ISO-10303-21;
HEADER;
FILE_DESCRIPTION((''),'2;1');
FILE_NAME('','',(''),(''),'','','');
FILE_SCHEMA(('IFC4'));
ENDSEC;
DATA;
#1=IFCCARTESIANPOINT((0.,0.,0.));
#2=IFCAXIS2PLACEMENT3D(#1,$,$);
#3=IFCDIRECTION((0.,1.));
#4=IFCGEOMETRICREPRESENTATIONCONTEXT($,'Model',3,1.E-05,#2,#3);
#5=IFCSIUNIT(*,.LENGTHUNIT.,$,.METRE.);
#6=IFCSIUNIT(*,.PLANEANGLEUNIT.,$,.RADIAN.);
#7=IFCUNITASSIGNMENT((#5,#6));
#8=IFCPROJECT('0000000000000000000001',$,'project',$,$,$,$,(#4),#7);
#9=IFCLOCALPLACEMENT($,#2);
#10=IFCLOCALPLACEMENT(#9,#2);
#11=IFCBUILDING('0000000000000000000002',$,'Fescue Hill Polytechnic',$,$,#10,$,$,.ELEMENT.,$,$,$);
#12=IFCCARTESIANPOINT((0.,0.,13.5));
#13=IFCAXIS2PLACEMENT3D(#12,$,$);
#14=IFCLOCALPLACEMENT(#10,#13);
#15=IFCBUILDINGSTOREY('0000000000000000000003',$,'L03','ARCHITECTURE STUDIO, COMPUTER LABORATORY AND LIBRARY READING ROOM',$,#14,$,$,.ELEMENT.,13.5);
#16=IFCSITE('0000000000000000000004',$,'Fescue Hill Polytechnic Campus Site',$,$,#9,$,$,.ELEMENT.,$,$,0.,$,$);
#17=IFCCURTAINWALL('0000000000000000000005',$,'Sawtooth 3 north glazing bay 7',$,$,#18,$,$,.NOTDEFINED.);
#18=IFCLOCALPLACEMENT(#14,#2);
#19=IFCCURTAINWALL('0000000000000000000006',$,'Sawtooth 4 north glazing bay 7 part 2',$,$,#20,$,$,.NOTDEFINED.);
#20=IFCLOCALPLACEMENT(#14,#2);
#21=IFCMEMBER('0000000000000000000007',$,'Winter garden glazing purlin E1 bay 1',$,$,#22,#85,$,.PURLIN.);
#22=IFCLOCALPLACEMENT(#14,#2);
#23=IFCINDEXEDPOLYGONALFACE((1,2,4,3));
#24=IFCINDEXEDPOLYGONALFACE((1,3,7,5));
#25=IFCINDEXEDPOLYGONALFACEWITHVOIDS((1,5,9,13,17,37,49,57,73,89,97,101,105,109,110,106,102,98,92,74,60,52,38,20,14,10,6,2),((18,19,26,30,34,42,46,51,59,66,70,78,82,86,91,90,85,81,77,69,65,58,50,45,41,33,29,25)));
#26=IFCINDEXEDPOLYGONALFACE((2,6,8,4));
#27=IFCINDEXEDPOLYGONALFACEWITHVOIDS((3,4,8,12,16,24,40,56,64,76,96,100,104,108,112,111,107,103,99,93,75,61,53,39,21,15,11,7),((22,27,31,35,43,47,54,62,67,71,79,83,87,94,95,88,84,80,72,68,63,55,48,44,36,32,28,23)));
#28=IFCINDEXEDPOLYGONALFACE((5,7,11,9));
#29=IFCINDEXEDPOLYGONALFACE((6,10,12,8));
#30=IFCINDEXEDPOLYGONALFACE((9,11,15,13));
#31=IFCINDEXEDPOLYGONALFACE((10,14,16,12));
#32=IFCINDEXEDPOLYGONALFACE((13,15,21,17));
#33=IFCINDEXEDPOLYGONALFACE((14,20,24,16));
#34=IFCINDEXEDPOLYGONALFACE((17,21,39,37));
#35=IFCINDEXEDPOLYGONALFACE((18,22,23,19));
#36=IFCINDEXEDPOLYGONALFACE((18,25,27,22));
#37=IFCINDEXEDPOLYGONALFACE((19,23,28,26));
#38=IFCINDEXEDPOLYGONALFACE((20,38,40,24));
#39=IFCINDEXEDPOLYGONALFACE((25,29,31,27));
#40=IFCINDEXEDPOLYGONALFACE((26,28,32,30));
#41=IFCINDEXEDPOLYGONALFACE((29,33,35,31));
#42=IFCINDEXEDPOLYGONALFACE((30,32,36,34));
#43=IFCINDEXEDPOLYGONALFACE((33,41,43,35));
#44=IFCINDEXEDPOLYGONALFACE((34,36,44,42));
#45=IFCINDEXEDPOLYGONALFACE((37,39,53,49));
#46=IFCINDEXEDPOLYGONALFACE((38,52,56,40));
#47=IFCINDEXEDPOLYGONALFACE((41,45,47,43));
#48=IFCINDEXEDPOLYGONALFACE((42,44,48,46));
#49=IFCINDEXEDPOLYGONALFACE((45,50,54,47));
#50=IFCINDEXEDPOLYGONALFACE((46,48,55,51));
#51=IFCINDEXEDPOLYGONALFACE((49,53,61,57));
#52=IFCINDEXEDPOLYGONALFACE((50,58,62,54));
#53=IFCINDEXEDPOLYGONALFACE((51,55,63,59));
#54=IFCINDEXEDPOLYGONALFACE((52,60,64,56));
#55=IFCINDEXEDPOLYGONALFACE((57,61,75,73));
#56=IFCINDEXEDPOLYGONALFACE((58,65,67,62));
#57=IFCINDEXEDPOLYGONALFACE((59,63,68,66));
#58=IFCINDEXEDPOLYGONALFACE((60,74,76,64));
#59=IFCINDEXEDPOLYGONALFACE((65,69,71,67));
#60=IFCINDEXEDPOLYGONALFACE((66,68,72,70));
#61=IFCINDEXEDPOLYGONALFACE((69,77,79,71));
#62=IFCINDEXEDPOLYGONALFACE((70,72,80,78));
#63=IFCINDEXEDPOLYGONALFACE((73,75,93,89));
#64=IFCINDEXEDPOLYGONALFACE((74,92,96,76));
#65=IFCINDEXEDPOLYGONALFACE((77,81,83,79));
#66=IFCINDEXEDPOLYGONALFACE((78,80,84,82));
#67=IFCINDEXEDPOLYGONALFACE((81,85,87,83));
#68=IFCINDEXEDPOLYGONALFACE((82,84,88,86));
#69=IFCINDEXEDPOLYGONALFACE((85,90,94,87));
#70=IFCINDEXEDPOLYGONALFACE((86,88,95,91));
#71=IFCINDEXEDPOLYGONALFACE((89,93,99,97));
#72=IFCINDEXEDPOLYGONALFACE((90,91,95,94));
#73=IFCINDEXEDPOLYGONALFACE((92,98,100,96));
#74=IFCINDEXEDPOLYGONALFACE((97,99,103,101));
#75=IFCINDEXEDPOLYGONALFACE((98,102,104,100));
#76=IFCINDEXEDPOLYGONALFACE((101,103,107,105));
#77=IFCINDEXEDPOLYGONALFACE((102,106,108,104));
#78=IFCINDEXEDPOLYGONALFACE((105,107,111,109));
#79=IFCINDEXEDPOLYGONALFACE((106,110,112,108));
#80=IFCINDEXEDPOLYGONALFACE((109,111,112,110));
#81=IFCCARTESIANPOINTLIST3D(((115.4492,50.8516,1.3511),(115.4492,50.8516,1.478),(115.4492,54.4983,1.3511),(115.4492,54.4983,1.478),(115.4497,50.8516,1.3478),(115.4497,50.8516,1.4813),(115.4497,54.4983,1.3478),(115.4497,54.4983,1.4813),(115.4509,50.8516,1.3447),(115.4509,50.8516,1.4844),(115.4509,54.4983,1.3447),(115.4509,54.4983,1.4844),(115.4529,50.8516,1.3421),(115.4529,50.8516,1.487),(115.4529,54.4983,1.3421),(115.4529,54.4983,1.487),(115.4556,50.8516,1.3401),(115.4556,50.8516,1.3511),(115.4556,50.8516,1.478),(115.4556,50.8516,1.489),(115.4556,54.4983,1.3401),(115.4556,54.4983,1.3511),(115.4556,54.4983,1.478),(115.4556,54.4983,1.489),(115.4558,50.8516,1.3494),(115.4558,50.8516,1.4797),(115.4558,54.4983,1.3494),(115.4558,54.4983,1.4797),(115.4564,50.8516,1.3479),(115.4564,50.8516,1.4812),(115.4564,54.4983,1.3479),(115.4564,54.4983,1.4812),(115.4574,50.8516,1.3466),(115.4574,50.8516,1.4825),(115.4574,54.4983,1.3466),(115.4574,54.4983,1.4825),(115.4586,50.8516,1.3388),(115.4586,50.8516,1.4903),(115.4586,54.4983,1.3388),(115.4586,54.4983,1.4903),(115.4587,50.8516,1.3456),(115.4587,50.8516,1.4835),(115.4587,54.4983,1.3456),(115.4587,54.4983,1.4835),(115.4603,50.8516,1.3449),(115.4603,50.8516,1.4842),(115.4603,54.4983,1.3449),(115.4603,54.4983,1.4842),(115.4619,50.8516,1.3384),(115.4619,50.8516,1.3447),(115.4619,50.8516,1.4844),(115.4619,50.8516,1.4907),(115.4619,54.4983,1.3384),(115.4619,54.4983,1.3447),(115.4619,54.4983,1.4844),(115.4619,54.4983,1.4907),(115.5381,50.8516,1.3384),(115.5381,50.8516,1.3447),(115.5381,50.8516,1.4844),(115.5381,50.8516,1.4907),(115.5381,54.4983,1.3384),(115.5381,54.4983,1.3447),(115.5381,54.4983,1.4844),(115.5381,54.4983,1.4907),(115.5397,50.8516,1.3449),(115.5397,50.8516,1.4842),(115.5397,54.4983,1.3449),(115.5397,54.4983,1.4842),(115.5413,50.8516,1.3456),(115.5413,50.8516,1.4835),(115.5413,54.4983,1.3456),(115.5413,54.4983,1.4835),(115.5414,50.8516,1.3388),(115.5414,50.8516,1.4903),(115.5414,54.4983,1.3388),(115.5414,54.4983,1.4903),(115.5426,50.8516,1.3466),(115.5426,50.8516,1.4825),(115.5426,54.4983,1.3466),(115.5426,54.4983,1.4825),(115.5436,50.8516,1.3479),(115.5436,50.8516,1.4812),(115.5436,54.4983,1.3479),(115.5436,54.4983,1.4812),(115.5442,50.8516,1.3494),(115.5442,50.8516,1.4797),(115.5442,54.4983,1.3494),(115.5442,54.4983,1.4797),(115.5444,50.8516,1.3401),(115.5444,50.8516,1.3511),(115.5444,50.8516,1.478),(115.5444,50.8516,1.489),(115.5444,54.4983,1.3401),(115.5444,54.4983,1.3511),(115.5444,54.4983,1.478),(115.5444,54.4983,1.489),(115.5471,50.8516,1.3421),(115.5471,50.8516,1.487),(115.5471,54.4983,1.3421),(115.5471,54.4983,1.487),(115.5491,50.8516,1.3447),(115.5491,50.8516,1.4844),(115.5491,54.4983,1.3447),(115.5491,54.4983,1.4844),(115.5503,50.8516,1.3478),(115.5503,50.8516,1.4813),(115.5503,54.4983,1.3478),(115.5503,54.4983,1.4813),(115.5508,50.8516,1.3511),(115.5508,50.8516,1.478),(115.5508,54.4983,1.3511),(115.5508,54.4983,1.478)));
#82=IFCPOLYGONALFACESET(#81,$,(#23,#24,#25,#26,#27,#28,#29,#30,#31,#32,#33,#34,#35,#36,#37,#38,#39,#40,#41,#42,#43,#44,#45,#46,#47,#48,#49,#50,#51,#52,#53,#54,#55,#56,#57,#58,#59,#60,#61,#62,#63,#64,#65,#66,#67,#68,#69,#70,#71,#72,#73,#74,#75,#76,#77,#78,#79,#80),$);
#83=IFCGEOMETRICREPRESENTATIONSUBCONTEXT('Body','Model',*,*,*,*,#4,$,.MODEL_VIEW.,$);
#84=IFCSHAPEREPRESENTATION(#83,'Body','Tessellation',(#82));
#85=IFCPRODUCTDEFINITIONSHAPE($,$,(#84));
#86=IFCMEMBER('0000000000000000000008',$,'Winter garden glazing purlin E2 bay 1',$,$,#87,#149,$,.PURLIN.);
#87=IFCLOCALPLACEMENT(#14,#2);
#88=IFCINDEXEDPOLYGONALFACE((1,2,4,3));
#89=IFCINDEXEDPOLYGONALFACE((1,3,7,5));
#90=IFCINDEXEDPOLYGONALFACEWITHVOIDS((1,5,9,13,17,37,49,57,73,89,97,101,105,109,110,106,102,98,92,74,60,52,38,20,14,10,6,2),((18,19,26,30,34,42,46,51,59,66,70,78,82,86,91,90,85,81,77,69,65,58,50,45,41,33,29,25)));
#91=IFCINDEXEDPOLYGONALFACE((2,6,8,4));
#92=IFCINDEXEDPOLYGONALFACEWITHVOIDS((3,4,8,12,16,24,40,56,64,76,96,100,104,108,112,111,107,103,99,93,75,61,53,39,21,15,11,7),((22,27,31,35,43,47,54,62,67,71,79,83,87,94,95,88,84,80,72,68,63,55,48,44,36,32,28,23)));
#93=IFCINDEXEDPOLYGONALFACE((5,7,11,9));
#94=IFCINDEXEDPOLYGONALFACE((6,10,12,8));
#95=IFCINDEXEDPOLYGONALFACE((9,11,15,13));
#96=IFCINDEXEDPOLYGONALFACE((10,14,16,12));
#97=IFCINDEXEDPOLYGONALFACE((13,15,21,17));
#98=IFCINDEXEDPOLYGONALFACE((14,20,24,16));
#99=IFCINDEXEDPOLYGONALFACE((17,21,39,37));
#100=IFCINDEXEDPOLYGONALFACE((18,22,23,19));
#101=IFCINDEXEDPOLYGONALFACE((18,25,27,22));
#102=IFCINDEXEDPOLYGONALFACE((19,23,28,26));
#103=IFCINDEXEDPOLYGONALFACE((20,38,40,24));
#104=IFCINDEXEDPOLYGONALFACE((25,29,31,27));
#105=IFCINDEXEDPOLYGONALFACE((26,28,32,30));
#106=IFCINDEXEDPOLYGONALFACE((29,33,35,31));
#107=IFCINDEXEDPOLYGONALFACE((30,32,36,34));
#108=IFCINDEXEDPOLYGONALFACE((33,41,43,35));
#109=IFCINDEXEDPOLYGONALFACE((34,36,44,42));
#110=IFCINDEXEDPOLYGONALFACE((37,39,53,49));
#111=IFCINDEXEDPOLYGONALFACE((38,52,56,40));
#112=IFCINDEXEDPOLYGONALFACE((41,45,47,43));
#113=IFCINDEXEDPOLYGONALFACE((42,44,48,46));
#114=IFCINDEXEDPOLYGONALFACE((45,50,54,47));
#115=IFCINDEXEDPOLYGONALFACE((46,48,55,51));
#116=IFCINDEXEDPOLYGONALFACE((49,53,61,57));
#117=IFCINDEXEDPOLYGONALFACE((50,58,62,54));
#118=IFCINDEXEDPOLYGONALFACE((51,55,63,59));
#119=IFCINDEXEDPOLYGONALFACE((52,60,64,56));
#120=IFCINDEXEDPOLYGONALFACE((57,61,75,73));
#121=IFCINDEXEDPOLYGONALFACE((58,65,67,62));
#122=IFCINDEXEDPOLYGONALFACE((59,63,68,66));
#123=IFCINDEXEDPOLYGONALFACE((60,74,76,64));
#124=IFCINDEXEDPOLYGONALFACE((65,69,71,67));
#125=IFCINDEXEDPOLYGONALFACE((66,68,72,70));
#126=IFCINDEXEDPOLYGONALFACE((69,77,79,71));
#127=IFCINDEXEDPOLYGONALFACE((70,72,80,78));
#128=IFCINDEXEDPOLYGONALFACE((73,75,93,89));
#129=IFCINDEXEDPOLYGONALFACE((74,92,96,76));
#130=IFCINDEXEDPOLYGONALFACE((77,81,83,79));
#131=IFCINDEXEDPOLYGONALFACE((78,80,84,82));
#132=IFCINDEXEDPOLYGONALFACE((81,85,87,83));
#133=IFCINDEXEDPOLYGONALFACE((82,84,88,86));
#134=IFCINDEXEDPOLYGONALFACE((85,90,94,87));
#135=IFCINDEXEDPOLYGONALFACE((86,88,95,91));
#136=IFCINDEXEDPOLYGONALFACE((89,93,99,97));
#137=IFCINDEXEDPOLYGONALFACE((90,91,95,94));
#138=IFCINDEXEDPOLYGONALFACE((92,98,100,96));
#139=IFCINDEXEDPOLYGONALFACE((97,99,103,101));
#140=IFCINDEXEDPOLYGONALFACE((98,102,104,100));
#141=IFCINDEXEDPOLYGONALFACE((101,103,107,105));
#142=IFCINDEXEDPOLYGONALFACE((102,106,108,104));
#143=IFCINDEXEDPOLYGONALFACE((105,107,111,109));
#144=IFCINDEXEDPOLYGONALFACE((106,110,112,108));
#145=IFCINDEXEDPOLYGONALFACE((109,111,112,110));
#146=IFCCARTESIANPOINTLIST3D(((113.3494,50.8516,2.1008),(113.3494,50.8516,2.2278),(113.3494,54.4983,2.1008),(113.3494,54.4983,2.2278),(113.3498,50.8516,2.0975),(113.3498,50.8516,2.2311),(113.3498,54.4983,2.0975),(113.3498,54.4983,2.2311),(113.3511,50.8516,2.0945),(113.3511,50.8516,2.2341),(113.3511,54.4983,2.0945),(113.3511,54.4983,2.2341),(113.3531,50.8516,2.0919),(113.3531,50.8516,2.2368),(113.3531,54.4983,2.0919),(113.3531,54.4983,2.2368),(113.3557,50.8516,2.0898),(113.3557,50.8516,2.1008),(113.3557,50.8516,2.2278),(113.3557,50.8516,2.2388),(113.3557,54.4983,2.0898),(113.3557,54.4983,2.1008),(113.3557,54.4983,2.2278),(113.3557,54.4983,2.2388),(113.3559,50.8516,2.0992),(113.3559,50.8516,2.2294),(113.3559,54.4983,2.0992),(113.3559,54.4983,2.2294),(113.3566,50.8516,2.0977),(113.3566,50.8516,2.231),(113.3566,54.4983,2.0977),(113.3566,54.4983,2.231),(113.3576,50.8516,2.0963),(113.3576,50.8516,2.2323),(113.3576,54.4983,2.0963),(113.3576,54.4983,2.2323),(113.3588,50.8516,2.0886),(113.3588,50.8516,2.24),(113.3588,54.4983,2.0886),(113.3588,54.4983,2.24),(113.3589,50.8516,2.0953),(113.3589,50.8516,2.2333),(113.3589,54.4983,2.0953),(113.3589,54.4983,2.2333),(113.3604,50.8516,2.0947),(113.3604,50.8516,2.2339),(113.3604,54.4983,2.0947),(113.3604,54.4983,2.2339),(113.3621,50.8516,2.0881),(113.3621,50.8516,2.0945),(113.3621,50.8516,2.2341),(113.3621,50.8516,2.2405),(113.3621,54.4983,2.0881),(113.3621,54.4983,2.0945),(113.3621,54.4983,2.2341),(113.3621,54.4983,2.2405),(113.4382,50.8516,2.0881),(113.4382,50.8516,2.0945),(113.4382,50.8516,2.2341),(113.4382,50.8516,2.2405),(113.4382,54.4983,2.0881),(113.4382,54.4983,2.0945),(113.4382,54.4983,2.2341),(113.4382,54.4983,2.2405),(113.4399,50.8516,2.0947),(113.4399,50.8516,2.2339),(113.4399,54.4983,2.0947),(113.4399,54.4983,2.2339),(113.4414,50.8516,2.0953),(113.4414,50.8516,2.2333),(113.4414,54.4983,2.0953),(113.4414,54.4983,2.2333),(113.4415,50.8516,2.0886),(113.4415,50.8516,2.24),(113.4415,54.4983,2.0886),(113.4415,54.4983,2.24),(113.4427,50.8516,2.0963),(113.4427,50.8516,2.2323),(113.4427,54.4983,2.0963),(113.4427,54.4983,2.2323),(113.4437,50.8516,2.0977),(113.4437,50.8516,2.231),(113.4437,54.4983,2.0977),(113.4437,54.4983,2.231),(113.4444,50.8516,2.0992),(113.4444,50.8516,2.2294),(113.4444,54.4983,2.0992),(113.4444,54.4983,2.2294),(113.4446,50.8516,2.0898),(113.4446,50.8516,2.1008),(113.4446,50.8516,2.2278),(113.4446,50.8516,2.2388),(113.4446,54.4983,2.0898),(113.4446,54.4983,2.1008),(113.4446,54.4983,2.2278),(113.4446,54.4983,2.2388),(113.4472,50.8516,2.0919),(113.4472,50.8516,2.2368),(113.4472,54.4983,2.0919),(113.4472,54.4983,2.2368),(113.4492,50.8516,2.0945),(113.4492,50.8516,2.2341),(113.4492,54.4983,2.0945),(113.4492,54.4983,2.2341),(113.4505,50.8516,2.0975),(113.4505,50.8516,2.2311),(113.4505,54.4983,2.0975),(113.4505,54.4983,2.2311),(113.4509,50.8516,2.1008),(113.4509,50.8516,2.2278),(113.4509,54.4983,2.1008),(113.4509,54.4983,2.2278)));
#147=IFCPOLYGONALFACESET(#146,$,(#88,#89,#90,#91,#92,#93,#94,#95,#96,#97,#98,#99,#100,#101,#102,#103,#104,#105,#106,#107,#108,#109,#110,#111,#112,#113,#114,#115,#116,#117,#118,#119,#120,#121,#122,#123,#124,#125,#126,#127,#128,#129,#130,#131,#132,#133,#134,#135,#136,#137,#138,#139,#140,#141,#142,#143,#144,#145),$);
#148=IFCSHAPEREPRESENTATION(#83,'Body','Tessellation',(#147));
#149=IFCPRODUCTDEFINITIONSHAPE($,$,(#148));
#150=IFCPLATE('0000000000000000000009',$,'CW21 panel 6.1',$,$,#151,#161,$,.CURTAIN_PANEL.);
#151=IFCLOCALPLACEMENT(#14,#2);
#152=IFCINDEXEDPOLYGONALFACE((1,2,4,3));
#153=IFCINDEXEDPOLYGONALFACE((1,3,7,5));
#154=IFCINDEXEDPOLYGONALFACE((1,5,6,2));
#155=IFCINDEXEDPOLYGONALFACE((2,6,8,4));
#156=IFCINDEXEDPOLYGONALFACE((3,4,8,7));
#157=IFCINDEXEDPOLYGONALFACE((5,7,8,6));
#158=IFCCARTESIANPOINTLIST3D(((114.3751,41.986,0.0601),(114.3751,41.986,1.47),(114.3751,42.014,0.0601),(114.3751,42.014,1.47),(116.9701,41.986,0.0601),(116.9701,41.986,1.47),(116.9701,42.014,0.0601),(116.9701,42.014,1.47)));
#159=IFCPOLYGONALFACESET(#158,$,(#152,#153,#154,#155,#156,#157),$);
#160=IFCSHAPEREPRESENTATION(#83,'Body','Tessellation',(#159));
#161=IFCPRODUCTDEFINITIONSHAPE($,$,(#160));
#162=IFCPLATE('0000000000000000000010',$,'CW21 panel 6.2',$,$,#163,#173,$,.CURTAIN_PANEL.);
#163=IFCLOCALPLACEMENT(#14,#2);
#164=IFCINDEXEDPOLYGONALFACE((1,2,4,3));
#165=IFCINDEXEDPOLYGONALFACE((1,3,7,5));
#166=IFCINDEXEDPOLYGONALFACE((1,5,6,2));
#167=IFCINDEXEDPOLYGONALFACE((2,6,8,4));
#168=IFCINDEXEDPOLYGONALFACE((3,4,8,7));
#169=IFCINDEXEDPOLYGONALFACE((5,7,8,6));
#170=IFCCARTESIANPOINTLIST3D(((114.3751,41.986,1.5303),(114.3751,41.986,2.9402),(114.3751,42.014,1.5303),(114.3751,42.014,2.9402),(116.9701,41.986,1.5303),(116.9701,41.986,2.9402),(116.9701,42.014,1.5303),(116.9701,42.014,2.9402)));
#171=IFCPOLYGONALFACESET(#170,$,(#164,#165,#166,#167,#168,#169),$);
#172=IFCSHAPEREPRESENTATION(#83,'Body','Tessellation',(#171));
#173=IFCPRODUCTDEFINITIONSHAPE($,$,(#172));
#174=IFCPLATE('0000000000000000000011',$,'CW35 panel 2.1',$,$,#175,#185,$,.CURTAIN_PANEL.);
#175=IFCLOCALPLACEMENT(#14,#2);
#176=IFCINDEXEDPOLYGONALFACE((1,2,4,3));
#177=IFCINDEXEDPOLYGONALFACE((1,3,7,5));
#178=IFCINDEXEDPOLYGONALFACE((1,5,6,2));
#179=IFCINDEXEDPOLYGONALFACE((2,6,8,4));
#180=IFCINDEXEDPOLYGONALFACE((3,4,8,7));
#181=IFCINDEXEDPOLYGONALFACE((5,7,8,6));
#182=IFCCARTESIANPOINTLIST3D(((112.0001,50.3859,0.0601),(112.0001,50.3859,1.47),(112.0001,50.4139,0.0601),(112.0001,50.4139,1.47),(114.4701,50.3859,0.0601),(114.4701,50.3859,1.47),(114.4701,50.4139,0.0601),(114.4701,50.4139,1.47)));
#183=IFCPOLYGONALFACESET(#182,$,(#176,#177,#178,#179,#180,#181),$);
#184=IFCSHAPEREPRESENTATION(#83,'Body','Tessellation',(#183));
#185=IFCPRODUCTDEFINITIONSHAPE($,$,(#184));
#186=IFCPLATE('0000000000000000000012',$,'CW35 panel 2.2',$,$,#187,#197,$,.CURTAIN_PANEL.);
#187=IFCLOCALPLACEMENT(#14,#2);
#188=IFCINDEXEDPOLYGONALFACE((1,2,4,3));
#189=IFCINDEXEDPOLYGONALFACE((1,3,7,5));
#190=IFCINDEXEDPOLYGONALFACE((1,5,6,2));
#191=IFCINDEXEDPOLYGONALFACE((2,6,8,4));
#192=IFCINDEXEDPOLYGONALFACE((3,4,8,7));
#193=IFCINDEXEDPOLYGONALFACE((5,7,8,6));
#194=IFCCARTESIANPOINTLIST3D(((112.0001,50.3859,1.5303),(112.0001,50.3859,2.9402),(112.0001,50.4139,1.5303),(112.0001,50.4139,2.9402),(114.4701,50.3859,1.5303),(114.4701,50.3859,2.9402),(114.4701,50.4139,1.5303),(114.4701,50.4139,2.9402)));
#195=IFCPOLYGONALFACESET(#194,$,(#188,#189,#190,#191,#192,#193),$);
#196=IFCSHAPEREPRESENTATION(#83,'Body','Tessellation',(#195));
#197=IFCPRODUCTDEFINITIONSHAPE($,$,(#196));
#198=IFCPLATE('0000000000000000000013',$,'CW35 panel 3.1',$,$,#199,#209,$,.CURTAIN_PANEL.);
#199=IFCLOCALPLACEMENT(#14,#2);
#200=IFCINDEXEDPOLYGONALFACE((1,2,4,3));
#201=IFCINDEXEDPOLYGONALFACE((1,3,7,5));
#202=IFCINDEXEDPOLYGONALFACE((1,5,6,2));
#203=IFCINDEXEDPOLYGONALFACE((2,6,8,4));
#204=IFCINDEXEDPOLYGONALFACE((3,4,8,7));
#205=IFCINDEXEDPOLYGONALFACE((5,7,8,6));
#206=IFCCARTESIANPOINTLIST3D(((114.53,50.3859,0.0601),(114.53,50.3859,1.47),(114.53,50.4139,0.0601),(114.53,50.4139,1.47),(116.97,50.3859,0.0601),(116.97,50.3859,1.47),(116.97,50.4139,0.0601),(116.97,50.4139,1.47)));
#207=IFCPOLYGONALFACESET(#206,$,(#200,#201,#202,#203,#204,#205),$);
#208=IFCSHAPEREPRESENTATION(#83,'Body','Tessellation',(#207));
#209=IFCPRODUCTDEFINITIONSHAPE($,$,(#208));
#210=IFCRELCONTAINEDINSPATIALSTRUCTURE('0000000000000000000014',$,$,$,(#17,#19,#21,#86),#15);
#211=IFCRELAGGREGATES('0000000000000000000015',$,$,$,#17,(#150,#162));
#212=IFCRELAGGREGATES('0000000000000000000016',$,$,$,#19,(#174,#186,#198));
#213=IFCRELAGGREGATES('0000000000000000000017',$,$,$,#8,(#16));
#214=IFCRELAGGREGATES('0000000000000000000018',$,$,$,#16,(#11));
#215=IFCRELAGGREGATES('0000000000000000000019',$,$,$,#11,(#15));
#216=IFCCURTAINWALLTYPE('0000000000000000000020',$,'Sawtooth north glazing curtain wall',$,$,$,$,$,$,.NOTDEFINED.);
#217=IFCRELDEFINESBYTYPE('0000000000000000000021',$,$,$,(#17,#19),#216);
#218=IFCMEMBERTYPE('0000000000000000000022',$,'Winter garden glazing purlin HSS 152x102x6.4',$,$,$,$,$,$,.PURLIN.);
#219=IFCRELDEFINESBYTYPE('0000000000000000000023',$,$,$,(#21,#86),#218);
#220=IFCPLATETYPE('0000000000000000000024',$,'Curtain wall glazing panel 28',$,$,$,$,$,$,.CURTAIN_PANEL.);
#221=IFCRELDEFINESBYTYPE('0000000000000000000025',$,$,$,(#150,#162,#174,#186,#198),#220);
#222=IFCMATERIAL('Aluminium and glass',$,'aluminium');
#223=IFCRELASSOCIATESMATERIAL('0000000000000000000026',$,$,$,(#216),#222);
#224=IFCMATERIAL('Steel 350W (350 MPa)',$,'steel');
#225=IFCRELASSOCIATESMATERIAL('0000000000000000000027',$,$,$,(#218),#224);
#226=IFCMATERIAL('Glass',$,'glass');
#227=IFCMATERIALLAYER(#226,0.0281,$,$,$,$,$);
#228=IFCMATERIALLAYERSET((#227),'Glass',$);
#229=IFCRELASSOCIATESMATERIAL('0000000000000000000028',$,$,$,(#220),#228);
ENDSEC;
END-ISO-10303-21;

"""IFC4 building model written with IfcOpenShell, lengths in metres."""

from ifc_helpers import new_model, si_unit, direction, frame, origin, origin_2d, place, context, subcontext, project, spatial, rectangle, hollow_rectangle, extrude, material, layer, layer_set, material_profile, profile_set, type_object, element, aggregate, save


model = new_model("IFC4")

# Units and contexts
model_context = context("Model", 3, precision=1e-05, world=origin(), true_north=direction((0.0, 1.0)))
body_context = subcontext(model_context, "Body", "Model", "MODEL_VIEW")
ifc_project = project(units=[si_unit("LENGTHUNIT", "METRE"), si_unit("PLANEANGLEUNIT", "RADIAN")], contexts=[model_context])

# Site, building, storey
site_placement = place(None, origin())
site = spatial("IfcSite", under=ifc_project, at=site_placement, Name="Fescue Hill Polytechnic Campus Site", CompositionType="ELEMENT", RefElevation=0.0)
building_placement = place(site_placement, origin())
building = spatial("IfcBuilding", under=site, at=building_placement, Name="Fescue Hill Polytechnic", CompositionType="ELEMENT")
storey_placement = place(building_placement, frame((0.0, 0.0, 13.5)))
storey = spatial("IfcBuildingStorey", under=building, at=storey_placement, Name="L03", Description="ARCHITECTURE STUDIO, COMPUTER LABORATORY AND LIBRARY READING ROOM", CompositionType="ELEMENT", Elevation=13.5)

# Curtain wall
ifc_material_1 = material(Name="Aluminium and glass", Category="aluminium")
curtain_wall_type = type_object("IfcCurtainWallType", Name="Sawtooth north glazing curtain wall", PredefinedType="NOTDEFINED", material=ifc_material_1)
curtain_wall_1_placement = place(storey_placement, origin())
curtain_wall_1 = element("IfcCurtainWall", 1, at=curtain_wall_1_placement, inside=storey, type_object=curtain_wall_type, Name="Sawtooth 3 north glazing bay 7", PredefinedType="NOTDEFINED")

# Curtain wall
curtain_wall_2_placement = place(storey_placement, origin())
curtain_wall_2 = element("IfcCurtainWall", 2, at=curtain_wall_2_placement, inside=storey, type_object=curtain_wall_type, Name="Sawtooth 4 north glazing bay 7 part 2", PredefinedType="NOTDEFINED")

# Members
ifc_material_2 = material(Name="Steel 350W (350 MPa)", Category="steel")
ifc_material_profile_1 = material_profile(ifc_material_2, hollow_rectangle(XDim=0.1016, YDim=0.1523, WallThickness=0.0063, InnerFilletRadius=0.0063, OuterFilletRadius=0.0127, at=origin_2d()), Name="Winter garden glazing purlin HSS 152x102x6.4")
ifc_profile_set_1 = profile_set([ifc_material_profile_1], Name="Steel 350W (350 MPa)")
member_type_1 = type_object("IfcMemberType", Name="Winter garden glazing purlin HSS 152x102x6.4", PredefinedType="PURLIN", material=ifc_profile_set_1)
for number, where, z_axis, x_axis, name in (
    (3, (115.5, 50.8516, 1.4146), (0.0, 1.0, 0.0), (-1.0, 0.0, 0.0), "Winter garden glazing purlin E1 bay 1"),
    (4, (113.4001, 50.8516, 2.1643), (0.0, 1.0, 0.0), (-1.0, 0.0, 0.0), "Winter garden glazing purlin E2 bay 1"),
):
    element("IfcMember", number, at=place(storey_placement, frame(where, z_axis=z_axis, x_axis=x_axis)), inside=storey, type_object=member_type_1, Name=name, PredefinedType="PURLIN", context=body_context, shape_type="SweptSolid", body=[
        extrude(hollow_rectangle(XDim=0.1016, YDim=0.1523, WallThickness=0.0063, InnerFilletRadius=0.0063, OuterFilletRadius=0.0127, at=origin_2d()), origin(), (0.0, 0.0, 1.0), 3.6467),
    ])

# Plates
ifc_material_3 = material(Name="Glass", Category="glass")
ifc_layer_1 = layer(ifc_material_3, 0.0281)
ifc_layer_set_1 = layer_set([ifc_layer_1], Name="Glass")
plate_type = type_object("IfcPlateType", Name="Curtain wall glazing panel 28", PredefinedType="CURTAIN_PANEL", material=ifc_layer_set_1)
plate_1_placement = place(storey_placement, frame((115.6726, 42.0, 0.0601), z_axis=(0.0, 0.0, 1.0), x_axis=(1.0, 0.0, 0.0)))
plate_1 = element("IfcPlate", 5, at=plate_1_placement, type_object=plate_type, Name="CW21 panel 6.1", PredefinedType="CURTAIN_PANEL", context=body_context, shape_type="SweptSolid", body=[
    extrude(rectangle(XDim=2.595, YDim=0.0281, at=origin_2d()), origin(), (0.0, 0.0, 1.0), 1.4099),
])
plate_2_placement = place(storey_placement, frame((115.6726, 42.0, 1.5303), z_axis=(0.0, 0.0, 1.0), x_axis=(1.0, 0.0, 0.0)))
plate_2 = element("IfcPlate", 6, at=plate_2_placement, type_object=plate_type, Name="CW21 panel 6.2", PredefinedType="CURTAIN_PANEL", context=body_context, shape_type="SweptSolid", body=[
    extrude(rectangle(XDim=2.595, YDim=0.0281, at=origin_2d()), origin(), (0.0, 0.0, 1.0), 1.4099),
])
aggregate(curtain_wall_1, [plate_1, plate_2])
plate_3_placement = place(storey_placement, frame((113.2351, 50.3999, 0.0601), z_axis=(0.0, 0.0, 1.0), x_axis=(1.0, 0.0, 0.0)))
plate_3 = element("IfcPlate", 7, at=plate_3_placement, type_object=plate_type, Name="CW35 panel 2.1", PredefinedType="CURTAIN_PANEL", context=body_context, shape_type="SweptSolid", body=[
    extrude(rectangle(XDim=2.47, YDim=0.0281, at=origin_2d()), origin(), (0.0, 0.0, 1.0), 1.4099),
])
plate_4_placement = place(storey_placement, frame((113.2351, 50.3999, 1.5303), z_axis=(0.0, 0.0, 1.0), x_axis=(1.0, 0.0, 0.0)))
plate_4 = element("IfcPlate", 8, at=plate_4_placement, type_object=plate_type, Name="CW35 panel 2.2", PredefinedType="CURTAIN_PANEL", context=body_context, shape_type="SweptSolid", body=[
    extrude(rectangle(XDim=2.47, YDim=0.0281, at=origin_2d()), origin(), (0.0, 0.0, 1.0), 1.4099),
])
plate_5_placement = place(storey_placement, frame((115.75, 50.3999, 0.0601), z_axis=(0.0, 0.0, 1.0), x_axis=(1.0, 0.0, 0.0)))
plate_5 = element("IfcPlate", 9, at=plate_5_placement, type_object=plate_type, Name="CW35 panel 3.1", PredefinedType="CURTAIN_PANEL", context=body_context, shape_type="SweptSolid", body=[
    extrude(rectangle(XDim=2.4399, YDim=0.0281, at=origin_2d()), origin(), (0.0, 0.0, 1.0), 1.4099),
])
aggregate(curtain_wall_2, [plate_3, plate_4, plate_5])

save(model, "model.ifc")
